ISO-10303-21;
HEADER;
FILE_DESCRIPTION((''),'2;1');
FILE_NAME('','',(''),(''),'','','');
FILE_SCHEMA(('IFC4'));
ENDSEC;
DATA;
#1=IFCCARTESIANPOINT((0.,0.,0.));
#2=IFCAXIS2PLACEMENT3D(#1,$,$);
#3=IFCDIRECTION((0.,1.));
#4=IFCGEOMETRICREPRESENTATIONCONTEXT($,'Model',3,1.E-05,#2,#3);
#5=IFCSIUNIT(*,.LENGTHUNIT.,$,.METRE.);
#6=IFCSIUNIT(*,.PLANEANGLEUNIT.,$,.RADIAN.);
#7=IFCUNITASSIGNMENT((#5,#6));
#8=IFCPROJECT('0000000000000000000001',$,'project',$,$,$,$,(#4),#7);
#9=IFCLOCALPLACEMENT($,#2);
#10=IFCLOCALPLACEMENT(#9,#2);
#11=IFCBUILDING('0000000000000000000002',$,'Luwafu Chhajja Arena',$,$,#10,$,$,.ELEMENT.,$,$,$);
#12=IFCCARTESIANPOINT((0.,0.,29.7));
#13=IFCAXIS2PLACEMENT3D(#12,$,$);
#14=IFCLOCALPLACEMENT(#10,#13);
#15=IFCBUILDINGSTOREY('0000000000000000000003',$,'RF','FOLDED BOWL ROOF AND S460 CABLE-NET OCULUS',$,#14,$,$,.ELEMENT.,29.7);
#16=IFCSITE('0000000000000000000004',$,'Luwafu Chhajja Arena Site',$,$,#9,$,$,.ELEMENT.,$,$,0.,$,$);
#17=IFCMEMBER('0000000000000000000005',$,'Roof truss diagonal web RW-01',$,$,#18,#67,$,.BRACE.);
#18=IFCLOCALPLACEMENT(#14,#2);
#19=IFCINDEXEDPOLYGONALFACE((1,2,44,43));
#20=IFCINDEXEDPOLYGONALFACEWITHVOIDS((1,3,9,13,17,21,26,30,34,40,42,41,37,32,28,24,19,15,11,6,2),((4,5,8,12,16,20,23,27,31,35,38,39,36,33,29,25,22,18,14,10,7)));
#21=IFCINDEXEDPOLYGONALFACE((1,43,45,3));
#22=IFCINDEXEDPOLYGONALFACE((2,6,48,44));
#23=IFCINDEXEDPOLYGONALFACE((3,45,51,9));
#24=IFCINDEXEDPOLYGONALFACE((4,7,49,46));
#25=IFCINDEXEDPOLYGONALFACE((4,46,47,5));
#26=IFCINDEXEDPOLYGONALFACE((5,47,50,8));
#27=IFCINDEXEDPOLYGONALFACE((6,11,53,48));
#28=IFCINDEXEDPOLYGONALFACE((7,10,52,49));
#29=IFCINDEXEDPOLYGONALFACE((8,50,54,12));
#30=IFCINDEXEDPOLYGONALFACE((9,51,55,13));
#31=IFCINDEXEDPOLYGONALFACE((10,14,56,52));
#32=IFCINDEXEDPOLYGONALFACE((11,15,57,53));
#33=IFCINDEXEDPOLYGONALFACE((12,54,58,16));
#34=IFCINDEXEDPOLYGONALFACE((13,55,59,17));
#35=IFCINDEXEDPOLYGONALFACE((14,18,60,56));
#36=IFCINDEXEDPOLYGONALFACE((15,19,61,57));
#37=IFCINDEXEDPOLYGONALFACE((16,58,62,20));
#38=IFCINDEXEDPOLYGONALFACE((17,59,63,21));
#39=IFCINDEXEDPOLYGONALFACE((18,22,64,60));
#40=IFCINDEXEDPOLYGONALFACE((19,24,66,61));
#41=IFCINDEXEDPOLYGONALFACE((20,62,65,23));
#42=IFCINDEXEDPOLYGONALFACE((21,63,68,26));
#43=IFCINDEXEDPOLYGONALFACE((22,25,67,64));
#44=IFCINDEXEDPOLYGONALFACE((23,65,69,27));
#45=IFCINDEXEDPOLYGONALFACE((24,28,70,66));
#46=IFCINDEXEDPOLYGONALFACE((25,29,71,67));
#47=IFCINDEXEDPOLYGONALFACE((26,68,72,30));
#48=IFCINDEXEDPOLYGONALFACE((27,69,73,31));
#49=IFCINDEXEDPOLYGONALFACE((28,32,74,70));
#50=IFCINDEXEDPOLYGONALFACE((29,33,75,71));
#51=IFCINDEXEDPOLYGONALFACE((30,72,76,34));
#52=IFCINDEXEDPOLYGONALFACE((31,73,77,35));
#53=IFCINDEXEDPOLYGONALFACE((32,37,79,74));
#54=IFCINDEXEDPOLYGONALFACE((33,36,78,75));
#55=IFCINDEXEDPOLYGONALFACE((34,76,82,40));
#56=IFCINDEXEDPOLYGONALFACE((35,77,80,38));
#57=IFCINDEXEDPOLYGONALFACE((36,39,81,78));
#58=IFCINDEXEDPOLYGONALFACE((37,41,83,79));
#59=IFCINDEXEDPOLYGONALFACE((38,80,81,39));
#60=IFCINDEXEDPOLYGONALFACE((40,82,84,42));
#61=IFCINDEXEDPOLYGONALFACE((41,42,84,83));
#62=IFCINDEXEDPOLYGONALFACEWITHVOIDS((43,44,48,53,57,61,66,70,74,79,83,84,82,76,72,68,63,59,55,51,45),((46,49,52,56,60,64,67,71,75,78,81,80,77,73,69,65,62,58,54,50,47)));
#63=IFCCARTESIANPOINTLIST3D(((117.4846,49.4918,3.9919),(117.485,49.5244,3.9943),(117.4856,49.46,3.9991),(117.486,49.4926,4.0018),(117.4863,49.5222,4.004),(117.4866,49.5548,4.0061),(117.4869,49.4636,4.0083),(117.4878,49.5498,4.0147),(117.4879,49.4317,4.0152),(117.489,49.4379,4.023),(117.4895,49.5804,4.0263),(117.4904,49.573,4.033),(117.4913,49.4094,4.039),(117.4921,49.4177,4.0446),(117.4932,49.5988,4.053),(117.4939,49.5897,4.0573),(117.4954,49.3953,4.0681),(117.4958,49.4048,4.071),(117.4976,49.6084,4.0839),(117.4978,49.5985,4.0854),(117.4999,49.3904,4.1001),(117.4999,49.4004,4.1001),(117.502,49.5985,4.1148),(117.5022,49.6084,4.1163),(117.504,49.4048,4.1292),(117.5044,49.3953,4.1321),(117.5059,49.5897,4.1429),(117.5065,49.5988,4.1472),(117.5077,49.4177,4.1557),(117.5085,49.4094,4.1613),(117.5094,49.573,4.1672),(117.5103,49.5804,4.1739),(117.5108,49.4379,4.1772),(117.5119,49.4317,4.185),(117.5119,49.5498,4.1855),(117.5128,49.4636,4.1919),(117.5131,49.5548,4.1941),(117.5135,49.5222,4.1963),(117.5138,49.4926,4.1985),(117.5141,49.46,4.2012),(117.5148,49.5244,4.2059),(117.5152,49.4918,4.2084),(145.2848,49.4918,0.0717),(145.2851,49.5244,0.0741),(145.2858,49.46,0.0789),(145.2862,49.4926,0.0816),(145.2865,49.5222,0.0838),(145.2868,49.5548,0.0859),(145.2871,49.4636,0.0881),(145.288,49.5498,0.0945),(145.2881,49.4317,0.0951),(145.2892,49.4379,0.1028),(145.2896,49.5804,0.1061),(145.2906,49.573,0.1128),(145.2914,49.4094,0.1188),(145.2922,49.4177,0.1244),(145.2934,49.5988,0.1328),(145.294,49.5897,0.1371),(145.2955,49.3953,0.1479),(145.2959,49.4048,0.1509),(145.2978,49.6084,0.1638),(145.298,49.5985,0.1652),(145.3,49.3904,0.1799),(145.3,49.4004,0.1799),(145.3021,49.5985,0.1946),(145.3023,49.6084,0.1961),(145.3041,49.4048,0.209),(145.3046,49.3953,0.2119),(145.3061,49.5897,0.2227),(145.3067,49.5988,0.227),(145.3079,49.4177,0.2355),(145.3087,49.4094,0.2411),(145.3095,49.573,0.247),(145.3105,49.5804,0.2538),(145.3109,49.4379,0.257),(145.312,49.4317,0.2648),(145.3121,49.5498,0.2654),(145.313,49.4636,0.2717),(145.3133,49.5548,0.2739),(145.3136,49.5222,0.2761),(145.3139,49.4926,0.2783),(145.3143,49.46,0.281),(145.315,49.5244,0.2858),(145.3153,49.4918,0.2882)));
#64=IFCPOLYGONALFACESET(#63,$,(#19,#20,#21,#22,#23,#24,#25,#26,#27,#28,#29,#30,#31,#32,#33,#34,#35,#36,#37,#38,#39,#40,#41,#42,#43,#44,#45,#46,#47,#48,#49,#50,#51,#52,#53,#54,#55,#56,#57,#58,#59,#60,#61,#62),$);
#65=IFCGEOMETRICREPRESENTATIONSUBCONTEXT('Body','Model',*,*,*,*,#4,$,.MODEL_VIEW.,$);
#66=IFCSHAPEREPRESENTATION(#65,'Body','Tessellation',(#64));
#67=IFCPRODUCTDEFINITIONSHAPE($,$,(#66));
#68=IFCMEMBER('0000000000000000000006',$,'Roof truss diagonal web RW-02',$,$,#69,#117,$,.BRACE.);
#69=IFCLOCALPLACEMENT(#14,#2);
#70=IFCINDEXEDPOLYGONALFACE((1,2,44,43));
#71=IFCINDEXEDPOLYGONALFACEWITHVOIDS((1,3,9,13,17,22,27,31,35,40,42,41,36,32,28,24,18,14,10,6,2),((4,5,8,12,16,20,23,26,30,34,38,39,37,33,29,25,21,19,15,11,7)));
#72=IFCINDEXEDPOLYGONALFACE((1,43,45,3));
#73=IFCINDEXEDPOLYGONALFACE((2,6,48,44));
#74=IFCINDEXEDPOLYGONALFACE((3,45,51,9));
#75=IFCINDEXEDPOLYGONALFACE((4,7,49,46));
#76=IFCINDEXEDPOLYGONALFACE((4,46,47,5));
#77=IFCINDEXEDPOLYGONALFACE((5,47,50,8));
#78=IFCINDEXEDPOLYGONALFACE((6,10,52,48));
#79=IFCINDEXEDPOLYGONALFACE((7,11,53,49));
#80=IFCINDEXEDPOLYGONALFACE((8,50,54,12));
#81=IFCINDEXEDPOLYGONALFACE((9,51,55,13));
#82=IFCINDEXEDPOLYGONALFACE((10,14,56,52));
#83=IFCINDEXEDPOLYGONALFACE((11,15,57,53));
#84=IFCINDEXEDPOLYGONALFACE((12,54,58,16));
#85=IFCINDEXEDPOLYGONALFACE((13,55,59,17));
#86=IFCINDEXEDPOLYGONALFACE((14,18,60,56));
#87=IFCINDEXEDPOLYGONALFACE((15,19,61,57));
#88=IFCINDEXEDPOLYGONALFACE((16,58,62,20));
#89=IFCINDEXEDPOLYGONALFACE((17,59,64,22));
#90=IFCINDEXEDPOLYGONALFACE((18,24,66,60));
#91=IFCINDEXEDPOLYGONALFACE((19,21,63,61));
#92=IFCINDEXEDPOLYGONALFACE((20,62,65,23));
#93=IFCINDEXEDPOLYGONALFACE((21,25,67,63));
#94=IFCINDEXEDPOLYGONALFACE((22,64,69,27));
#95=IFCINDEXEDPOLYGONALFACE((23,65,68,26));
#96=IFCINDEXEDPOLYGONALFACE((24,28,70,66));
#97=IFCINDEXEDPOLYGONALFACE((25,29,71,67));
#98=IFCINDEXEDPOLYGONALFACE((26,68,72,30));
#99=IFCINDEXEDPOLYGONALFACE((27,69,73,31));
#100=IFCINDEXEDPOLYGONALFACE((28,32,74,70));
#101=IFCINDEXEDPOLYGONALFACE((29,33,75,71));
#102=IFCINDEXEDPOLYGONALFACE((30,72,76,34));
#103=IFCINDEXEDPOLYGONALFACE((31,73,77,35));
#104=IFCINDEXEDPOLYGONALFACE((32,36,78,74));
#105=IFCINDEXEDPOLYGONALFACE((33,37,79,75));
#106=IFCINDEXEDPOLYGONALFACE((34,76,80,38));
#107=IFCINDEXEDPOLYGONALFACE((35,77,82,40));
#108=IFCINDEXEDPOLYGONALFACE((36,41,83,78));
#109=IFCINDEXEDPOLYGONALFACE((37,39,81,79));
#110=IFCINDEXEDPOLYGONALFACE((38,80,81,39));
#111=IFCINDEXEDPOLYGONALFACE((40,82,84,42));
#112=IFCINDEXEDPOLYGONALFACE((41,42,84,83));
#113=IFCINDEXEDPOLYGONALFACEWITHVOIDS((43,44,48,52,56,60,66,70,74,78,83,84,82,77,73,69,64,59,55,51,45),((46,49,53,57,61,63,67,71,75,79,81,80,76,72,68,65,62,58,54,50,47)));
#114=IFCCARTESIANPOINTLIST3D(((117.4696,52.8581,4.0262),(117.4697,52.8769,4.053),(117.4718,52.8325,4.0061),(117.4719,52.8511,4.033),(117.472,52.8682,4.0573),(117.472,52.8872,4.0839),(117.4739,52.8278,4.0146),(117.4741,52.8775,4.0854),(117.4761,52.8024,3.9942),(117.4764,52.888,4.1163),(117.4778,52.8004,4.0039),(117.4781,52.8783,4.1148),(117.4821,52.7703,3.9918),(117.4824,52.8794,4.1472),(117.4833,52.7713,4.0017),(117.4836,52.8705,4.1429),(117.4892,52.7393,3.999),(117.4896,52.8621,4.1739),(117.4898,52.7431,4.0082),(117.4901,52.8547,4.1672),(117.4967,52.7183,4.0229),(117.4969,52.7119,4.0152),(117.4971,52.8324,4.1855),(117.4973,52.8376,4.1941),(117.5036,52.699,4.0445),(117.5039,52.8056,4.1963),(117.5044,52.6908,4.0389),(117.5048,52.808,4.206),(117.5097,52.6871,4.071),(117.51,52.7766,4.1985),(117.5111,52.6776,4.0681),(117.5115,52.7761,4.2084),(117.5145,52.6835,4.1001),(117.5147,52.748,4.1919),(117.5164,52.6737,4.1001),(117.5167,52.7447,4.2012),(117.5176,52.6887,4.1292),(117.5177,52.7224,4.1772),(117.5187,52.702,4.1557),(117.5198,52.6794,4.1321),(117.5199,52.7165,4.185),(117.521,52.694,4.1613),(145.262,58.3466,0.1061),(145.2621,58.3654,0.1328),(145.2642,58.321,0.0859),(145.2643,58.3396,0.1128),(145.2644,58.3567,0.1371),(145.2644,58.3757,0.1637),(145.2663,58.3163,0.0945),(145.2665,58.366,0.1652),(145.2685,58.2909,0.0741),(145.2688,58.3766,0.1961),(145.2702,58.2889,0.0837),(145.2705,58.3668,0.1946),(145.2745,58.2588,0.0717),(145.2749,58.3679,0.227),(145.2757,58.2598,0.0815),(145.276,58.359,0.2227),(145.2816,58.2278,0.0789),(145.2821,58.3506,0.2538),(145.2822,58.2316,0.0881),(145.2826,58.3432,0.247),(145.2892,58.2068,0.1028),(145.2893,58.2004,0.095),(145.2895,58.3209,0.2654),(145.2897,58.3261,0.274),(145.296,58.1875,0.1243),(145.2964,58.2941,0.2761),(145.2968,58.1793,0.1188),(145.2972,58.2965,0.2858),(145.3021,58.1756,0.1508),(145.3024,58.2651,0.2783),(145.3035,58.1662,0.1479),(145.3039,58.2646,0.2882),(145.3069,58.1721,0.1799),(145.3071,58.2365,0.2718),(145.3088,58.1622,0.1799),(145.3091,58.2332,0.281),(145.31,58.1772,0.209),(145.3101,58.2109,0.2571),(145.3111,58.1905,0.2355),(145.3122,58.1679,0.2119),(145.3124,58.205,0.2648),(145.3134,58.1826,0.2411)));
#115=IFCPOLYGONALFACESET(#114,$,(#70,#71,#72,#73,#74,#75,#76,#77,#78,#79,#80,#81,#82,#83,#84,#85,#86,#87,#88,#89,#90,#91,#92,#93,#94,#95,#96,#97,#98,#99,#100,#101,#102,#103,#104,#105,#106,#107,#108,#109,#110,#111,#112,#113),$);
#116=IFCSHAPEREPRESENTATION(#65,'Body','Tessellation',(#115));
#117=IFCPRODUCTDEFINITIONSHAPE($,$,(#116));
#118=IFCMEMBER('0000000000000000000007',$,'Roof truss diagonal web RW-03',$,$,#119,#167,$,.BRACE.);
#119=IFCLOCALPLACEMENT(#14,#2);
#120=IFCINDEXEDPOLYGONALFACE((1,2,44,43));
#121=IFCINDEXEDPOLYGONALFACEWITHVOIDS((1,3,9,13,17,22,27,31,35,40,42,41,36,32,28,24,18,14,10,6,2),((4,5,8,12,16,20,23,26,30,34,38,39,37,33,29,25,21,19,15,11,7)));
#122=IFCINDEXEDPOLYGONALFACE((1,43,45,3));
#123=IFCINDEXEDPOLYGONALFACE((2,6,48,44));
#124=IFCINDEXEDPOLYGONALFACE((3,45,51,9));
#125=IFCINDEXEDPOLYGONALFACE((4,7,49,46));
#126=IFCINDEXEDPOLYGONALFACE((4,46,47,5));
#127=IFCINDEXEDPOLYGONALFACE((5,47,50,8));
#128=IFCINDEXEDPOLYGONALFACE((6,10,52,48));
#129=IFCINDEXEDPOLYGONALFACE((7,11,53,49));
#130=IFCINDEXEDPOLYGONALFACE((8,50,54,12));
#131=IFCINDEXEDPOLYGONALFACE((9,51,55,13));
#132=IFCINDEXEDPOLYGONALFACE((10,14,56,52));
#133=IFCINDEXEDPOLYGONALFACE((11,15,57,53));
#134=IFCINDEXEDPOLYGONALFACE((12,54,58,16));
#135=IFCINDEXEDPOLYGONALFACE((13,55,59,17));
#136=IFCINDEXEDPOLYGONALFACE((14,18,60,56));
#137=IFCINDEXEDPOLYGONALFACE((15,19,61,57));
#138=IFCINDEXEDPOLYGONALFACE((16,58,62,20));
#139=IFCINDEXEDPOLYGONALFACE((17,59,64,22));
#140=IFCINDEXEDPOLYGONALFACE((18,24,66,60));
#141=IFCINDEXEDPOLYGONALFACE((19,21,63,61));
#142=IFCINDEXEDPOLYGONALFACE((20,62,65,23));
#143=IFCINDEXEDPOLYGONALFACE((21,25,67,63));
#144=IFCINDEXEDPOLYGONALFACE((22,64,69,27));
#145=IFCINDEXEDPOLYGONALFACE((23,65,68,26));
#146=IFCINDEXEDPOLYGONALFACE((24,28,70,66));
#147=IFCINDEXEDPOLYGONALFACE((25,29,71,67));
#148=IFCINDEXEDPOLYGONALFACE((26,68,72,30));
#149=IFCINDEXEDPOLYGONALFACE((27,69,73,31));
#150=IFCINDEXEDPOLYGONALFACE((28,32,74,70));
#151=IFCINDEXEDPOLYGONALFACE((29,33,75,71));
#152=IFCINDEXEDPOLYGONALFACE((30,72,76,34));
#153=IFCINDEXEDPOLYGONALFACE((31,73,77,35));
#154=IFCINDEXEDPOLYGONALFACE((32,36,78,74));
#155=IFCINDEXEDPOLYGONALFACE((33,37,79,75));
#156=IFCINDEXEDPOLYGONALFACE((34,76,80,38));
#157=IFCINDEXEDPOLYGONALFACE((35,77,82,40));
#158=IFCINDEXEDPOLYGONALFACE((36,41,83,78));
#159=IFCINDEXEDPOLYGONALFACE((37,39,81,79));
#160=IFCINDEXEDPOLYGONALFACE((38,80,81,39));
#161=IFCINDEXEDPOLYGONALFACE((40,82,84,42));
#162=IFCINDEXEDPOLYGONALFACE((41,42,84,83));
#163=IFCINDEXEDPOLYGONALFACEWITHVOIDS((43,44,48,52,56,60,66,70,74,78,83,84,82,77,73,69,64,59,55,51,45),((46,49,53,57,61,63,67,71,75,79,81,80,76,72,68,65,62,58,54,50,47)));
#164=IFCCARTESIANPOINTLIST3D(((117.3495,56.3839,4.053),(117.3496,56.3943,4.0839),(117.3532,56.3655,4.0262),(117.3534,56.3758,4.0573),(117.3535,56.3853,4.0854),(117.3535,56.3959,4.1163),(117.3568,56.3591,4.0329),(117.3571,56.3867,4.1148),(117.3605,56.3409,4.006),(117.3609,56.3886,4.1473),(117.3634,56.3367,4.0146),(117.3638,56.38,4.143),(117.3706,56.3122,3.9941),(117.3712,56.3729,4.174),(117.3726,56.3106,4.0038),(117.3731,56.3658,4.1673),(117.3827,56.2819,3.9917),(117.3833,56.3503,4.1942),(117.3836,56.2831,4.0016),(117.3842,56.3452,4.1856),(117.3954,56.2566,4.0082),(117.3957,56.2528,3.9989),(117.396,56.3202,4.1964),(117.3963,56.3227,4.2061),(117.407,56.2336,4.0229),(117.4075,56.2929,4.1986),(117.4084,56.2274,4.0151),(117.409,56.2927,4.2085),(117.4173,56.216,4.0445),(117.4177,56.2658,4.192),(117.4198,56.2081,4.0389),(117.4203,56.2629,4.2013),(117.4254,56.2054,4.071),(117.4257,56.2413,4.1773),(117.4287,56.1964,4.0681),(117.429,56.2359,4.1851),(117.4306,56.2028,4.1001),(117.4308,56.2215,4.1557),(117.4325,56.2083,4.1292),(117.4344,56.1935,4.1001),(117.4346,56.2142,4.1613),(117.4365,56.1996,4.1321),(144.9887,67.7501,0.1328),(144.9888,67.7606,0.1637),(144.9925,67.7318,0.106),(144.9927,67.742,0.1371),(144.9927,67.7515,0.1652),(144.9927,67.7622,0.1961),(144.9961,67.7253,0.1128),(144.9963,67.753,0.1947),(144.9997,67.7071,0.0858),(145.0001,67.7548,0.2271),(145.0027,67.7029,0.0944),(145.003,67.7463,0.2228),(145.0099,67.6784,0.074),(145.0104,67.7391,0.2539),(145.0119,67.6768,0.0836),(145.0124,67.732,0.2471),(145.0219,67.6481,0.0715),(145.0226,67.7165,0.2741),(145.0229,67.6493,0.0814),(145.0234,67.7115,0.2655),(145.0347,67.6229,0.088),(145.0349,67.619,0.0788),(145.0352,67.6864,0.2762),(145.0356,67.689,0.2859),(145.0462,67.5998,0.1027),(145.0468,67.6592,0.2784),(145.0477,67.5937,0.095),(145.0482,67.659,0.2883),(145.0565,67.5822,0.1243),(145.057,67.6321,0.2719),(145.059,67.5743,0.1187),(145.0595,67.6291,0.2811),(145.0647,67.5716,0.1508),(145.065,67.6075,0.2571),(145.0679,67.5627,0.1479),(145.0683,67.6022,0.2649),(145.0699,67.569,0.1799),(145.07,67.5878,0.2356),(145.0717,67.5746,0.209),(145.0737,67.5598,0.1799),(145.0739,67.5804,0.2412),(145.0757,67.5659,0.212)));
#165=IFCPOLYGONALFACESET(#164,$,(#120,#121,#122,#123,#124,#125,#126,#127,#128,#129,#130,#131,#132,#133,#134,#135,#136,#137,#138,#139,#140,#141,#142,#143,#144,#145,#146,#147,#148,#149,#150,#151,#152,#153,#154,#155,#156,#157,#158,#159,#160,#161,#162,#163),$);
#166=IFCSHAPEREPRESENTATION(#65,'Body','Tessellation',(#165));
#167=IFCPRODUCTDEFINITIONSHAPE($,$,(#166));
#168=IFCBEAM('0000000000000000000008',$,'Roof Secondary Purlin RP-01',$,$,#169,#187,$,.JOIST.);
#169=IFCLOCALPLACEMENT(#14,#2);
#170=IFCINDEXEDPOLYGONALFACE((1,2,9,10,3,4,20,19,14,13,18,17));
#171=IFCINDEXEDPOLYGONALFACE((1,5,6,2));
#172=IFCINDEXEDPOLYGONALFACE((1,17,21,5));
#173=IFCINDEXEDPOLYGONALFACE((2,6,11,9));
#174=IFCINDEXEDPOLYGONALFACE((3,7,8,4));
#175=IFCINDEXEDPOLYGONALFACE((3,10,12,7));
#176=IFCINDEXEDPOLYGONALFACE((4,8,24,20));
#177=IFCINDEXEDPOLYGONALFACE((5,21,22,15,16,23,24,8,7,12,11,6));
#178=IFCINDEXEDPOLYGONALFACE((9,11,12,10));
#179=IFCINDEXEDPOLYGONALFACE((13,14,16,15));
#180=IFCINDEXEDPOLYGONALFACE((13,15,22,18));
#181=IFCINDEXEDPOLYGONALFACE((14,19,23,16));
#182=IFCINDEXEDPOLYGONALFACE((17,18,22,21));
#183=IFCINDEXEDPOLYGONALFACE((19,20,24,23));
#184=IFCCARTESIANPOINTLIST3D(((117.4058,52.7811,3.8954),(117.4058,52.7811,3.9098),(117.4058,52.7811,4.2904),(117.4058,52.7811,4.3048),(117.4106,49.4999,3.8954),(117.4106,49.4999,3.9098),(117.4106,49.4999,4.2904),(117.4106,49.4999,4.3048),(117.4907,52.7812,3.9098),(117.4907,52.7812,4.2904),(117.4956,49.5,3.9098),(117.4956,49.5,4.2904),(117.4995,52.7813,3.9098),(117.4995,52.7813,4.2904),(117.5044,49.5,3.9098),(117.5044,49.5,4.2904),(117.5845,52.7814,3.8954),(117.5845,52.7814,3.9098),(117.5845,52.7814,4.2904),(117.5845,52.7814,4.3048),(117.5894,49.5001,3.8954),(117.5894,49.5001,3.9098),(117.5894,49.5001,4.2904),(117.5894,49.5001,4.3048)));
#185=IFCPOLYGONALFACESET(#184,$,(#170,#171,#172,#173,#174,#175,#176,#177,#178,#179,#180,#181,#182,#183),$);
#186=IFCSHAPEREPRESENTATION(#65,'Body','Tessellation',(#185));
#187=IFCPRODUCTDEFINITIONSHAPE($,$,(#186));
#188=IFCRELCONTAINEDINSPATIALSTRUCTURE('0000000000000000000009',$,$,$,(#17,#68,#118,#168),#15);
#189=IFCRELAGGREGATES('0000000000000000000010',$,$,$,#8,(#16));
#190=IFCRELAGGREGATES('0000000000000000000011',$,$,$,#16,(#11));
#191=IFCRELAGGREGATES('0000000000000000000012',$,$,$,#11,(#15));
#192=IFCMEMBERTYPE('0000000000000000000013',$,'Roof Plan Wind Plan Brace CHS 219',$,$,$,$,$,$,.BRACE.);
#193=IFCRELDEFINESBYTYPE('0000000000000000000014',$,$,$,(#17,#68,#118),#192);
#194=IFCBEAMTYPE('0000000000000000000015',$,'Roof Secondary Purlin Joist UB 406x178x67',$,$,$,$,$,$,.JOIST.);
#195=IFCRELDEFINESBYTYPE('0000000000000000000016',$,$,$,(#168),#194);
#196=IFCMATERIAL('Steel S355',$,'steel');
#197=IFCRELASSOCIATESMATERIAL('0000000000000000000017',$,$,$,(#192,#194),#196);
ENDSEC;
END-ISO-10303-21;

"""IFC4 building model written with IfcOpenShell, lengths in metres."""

from ifc_helpers import new_model, si_unit, direction, frame, origin, origin_2d, place, context, subcontext, project, spatial, hollow_circle, i_section, extrude, material, material_profile, profile_set, type_object, element, save


model = new_model("IFC4")

# Units and contexts
model_context = context("Model", 3, precision=1e-05, world=origin(), true_north=direction((0.0, 1.0)))
body_context = subcontext(model_context, "Body", "Model", "MODEL_VIEW")
ifc_project = project(units=[si_unit("LENGTHUNIT", "METRE"), si_unit("PLANEANGLEUNIT", "RADIAN")], contexts=[model_context])

# Site, building, storey
site_placement = place(None, origin())
site = spatial("IfcSite", under=ifc_project, at=site_placement, Name="Luwafu Chhajja Arena Site", CompositionType="ELEMENT", RefElevation=0.0)
building_placement = place(site_placement, origin())
building = spatial("IfcBuilding", under=site, at=building_placement, Name="Luwafu Chhajja Arena", CompositionType="ELEMENT")
storey_placement = place(building_placement, frame((0.0, 0.0, 29.7)))
storey = spatial("IfcBuildingStorey", under=building, at=storey_placement, Name="RF", Description="FOLDED BOWL ROOF AND S460 CABLE-NET OCULUS", CompositionType="ELEMENT", Elevation=29.7)

# Shared definitions
ifc_material_1 = material(Name="Steel S355", Category="steel")

# Members
ifc_material_profile_1 = material_profile(ifc_material_1, hollow_circle(Radius=0.1096, WallThickness=0.01, at=origin_2d()), Name="CHS 219.1x10")
ifc_profile_set_1 = profile_set([ifc_material_profile_1], Name="Steel S355")
member_type_1 = type_object("IfcMemberType", Name="Roof Plan Wind Plan Brace CHS 219", PredefinedType="BRACE", material=ifc_profile_set_1)
member_1_placement = place(storey_placement, frame((145.3, 49.5, 0.1799), z_axis=(-0.990204, 0.0, 0.139631), x_axis=(0.0, -1.0, 0.0)))
element("IfcMember", 1, at=member_1_placement, inside=storey, type_object=member_type_1, Name="Roof truss diagonal web RW-01", PredefinedType="BRACE", context=body_context, shape_type="SweptSolid", body=[
    extrude(hollow_circle(Radius=0.1096, WallThickness=0.01, at=origin_2d()), origin(), (0.0, 0.0, 1.0), 28.0752),
])
member_2_placement = place(storey_placement, frame((145.2876, 58.2698, 0.1799), z_axis=(-0.971793, -0.191912, 0.137073), x_axis=(0.193741, -0.981053, 0.0)))
element("IfcMember", 2, at=member_2_placement, inside=storey, type_object=member_type_1, Name="Roof truss diagonal web RW-02", PredefinedType="BRACE", context=body_context, shape_type="SweptSolid", body=[
    extrude(hollow_circle(Radius=0.1096, WallThickness=0.01, at=origin_2d()), origin(), (0.0, 0.0, 1.0), 28.5991),
])
member_3_placement = place(storey_placement, frame((145.032, 67.6611, 0.1799), z_axis=(-0.916995, -0.377101, 0.130061), x_axis=(0.380331, -0.92485, 0.0)))
element("IfcMember", 3, at=member_3_placement, inside=storey, type_object=member_type_1, Name="Roof truss diagonal web RW-03", PredefinedType="BRACE", context=body_context, shape_type="SweptSolid", body=[
    extrude(hollow_circle(Radius=0.1096, WallThickness=0.01, at=origin_2d()), origin(), (0.0, 0.0, 1.0), 30.1411),
])

# Beam
ifc_material_profile_2 = material_profile(ifc_material_1, i_section(OverallWidth=0.1787, OverallDepth=0.4094, WebThickness=0.0088, FlangeThickness=0.0144, at=origin_2d()), Name="UB 406x178x67")
ifc_profile_set_2 = profile_set([ifc_material_profile_2], Name="Steel S355")
beam_type_1 = type_object("IfcBeamType", Name="Roof Secondary Purlin Joist UB 406x178x67", PredefinedType="JOIST", material=ifc_profile_set_2)
beam_1_placement = place(storey_placement, frame((117.5, 49.5, 4.1001), z_axis=(-0.001488, 0.999999, 0.0), x_axis=(-0.999999, -0.001488, 0.0)))
element("IfcBeam", 4, at=beam_1_placement, inside=storey, type_object=beam_type_1, Name="Roof Secondary Purlin RP-01", PredefinedType="JOIST", context=body_context, shape_type="SweptSolid", body=[
    extrude(i_section(OverallWidth=0.1787, OverallDepth=0.4094, WebThickness=0.0088, FlangeThickness=0.0144, at=origin_2d()), origin(), (0.0, 0.0, 1.0), 3.2812),
])

save(model, "model.ifc")
